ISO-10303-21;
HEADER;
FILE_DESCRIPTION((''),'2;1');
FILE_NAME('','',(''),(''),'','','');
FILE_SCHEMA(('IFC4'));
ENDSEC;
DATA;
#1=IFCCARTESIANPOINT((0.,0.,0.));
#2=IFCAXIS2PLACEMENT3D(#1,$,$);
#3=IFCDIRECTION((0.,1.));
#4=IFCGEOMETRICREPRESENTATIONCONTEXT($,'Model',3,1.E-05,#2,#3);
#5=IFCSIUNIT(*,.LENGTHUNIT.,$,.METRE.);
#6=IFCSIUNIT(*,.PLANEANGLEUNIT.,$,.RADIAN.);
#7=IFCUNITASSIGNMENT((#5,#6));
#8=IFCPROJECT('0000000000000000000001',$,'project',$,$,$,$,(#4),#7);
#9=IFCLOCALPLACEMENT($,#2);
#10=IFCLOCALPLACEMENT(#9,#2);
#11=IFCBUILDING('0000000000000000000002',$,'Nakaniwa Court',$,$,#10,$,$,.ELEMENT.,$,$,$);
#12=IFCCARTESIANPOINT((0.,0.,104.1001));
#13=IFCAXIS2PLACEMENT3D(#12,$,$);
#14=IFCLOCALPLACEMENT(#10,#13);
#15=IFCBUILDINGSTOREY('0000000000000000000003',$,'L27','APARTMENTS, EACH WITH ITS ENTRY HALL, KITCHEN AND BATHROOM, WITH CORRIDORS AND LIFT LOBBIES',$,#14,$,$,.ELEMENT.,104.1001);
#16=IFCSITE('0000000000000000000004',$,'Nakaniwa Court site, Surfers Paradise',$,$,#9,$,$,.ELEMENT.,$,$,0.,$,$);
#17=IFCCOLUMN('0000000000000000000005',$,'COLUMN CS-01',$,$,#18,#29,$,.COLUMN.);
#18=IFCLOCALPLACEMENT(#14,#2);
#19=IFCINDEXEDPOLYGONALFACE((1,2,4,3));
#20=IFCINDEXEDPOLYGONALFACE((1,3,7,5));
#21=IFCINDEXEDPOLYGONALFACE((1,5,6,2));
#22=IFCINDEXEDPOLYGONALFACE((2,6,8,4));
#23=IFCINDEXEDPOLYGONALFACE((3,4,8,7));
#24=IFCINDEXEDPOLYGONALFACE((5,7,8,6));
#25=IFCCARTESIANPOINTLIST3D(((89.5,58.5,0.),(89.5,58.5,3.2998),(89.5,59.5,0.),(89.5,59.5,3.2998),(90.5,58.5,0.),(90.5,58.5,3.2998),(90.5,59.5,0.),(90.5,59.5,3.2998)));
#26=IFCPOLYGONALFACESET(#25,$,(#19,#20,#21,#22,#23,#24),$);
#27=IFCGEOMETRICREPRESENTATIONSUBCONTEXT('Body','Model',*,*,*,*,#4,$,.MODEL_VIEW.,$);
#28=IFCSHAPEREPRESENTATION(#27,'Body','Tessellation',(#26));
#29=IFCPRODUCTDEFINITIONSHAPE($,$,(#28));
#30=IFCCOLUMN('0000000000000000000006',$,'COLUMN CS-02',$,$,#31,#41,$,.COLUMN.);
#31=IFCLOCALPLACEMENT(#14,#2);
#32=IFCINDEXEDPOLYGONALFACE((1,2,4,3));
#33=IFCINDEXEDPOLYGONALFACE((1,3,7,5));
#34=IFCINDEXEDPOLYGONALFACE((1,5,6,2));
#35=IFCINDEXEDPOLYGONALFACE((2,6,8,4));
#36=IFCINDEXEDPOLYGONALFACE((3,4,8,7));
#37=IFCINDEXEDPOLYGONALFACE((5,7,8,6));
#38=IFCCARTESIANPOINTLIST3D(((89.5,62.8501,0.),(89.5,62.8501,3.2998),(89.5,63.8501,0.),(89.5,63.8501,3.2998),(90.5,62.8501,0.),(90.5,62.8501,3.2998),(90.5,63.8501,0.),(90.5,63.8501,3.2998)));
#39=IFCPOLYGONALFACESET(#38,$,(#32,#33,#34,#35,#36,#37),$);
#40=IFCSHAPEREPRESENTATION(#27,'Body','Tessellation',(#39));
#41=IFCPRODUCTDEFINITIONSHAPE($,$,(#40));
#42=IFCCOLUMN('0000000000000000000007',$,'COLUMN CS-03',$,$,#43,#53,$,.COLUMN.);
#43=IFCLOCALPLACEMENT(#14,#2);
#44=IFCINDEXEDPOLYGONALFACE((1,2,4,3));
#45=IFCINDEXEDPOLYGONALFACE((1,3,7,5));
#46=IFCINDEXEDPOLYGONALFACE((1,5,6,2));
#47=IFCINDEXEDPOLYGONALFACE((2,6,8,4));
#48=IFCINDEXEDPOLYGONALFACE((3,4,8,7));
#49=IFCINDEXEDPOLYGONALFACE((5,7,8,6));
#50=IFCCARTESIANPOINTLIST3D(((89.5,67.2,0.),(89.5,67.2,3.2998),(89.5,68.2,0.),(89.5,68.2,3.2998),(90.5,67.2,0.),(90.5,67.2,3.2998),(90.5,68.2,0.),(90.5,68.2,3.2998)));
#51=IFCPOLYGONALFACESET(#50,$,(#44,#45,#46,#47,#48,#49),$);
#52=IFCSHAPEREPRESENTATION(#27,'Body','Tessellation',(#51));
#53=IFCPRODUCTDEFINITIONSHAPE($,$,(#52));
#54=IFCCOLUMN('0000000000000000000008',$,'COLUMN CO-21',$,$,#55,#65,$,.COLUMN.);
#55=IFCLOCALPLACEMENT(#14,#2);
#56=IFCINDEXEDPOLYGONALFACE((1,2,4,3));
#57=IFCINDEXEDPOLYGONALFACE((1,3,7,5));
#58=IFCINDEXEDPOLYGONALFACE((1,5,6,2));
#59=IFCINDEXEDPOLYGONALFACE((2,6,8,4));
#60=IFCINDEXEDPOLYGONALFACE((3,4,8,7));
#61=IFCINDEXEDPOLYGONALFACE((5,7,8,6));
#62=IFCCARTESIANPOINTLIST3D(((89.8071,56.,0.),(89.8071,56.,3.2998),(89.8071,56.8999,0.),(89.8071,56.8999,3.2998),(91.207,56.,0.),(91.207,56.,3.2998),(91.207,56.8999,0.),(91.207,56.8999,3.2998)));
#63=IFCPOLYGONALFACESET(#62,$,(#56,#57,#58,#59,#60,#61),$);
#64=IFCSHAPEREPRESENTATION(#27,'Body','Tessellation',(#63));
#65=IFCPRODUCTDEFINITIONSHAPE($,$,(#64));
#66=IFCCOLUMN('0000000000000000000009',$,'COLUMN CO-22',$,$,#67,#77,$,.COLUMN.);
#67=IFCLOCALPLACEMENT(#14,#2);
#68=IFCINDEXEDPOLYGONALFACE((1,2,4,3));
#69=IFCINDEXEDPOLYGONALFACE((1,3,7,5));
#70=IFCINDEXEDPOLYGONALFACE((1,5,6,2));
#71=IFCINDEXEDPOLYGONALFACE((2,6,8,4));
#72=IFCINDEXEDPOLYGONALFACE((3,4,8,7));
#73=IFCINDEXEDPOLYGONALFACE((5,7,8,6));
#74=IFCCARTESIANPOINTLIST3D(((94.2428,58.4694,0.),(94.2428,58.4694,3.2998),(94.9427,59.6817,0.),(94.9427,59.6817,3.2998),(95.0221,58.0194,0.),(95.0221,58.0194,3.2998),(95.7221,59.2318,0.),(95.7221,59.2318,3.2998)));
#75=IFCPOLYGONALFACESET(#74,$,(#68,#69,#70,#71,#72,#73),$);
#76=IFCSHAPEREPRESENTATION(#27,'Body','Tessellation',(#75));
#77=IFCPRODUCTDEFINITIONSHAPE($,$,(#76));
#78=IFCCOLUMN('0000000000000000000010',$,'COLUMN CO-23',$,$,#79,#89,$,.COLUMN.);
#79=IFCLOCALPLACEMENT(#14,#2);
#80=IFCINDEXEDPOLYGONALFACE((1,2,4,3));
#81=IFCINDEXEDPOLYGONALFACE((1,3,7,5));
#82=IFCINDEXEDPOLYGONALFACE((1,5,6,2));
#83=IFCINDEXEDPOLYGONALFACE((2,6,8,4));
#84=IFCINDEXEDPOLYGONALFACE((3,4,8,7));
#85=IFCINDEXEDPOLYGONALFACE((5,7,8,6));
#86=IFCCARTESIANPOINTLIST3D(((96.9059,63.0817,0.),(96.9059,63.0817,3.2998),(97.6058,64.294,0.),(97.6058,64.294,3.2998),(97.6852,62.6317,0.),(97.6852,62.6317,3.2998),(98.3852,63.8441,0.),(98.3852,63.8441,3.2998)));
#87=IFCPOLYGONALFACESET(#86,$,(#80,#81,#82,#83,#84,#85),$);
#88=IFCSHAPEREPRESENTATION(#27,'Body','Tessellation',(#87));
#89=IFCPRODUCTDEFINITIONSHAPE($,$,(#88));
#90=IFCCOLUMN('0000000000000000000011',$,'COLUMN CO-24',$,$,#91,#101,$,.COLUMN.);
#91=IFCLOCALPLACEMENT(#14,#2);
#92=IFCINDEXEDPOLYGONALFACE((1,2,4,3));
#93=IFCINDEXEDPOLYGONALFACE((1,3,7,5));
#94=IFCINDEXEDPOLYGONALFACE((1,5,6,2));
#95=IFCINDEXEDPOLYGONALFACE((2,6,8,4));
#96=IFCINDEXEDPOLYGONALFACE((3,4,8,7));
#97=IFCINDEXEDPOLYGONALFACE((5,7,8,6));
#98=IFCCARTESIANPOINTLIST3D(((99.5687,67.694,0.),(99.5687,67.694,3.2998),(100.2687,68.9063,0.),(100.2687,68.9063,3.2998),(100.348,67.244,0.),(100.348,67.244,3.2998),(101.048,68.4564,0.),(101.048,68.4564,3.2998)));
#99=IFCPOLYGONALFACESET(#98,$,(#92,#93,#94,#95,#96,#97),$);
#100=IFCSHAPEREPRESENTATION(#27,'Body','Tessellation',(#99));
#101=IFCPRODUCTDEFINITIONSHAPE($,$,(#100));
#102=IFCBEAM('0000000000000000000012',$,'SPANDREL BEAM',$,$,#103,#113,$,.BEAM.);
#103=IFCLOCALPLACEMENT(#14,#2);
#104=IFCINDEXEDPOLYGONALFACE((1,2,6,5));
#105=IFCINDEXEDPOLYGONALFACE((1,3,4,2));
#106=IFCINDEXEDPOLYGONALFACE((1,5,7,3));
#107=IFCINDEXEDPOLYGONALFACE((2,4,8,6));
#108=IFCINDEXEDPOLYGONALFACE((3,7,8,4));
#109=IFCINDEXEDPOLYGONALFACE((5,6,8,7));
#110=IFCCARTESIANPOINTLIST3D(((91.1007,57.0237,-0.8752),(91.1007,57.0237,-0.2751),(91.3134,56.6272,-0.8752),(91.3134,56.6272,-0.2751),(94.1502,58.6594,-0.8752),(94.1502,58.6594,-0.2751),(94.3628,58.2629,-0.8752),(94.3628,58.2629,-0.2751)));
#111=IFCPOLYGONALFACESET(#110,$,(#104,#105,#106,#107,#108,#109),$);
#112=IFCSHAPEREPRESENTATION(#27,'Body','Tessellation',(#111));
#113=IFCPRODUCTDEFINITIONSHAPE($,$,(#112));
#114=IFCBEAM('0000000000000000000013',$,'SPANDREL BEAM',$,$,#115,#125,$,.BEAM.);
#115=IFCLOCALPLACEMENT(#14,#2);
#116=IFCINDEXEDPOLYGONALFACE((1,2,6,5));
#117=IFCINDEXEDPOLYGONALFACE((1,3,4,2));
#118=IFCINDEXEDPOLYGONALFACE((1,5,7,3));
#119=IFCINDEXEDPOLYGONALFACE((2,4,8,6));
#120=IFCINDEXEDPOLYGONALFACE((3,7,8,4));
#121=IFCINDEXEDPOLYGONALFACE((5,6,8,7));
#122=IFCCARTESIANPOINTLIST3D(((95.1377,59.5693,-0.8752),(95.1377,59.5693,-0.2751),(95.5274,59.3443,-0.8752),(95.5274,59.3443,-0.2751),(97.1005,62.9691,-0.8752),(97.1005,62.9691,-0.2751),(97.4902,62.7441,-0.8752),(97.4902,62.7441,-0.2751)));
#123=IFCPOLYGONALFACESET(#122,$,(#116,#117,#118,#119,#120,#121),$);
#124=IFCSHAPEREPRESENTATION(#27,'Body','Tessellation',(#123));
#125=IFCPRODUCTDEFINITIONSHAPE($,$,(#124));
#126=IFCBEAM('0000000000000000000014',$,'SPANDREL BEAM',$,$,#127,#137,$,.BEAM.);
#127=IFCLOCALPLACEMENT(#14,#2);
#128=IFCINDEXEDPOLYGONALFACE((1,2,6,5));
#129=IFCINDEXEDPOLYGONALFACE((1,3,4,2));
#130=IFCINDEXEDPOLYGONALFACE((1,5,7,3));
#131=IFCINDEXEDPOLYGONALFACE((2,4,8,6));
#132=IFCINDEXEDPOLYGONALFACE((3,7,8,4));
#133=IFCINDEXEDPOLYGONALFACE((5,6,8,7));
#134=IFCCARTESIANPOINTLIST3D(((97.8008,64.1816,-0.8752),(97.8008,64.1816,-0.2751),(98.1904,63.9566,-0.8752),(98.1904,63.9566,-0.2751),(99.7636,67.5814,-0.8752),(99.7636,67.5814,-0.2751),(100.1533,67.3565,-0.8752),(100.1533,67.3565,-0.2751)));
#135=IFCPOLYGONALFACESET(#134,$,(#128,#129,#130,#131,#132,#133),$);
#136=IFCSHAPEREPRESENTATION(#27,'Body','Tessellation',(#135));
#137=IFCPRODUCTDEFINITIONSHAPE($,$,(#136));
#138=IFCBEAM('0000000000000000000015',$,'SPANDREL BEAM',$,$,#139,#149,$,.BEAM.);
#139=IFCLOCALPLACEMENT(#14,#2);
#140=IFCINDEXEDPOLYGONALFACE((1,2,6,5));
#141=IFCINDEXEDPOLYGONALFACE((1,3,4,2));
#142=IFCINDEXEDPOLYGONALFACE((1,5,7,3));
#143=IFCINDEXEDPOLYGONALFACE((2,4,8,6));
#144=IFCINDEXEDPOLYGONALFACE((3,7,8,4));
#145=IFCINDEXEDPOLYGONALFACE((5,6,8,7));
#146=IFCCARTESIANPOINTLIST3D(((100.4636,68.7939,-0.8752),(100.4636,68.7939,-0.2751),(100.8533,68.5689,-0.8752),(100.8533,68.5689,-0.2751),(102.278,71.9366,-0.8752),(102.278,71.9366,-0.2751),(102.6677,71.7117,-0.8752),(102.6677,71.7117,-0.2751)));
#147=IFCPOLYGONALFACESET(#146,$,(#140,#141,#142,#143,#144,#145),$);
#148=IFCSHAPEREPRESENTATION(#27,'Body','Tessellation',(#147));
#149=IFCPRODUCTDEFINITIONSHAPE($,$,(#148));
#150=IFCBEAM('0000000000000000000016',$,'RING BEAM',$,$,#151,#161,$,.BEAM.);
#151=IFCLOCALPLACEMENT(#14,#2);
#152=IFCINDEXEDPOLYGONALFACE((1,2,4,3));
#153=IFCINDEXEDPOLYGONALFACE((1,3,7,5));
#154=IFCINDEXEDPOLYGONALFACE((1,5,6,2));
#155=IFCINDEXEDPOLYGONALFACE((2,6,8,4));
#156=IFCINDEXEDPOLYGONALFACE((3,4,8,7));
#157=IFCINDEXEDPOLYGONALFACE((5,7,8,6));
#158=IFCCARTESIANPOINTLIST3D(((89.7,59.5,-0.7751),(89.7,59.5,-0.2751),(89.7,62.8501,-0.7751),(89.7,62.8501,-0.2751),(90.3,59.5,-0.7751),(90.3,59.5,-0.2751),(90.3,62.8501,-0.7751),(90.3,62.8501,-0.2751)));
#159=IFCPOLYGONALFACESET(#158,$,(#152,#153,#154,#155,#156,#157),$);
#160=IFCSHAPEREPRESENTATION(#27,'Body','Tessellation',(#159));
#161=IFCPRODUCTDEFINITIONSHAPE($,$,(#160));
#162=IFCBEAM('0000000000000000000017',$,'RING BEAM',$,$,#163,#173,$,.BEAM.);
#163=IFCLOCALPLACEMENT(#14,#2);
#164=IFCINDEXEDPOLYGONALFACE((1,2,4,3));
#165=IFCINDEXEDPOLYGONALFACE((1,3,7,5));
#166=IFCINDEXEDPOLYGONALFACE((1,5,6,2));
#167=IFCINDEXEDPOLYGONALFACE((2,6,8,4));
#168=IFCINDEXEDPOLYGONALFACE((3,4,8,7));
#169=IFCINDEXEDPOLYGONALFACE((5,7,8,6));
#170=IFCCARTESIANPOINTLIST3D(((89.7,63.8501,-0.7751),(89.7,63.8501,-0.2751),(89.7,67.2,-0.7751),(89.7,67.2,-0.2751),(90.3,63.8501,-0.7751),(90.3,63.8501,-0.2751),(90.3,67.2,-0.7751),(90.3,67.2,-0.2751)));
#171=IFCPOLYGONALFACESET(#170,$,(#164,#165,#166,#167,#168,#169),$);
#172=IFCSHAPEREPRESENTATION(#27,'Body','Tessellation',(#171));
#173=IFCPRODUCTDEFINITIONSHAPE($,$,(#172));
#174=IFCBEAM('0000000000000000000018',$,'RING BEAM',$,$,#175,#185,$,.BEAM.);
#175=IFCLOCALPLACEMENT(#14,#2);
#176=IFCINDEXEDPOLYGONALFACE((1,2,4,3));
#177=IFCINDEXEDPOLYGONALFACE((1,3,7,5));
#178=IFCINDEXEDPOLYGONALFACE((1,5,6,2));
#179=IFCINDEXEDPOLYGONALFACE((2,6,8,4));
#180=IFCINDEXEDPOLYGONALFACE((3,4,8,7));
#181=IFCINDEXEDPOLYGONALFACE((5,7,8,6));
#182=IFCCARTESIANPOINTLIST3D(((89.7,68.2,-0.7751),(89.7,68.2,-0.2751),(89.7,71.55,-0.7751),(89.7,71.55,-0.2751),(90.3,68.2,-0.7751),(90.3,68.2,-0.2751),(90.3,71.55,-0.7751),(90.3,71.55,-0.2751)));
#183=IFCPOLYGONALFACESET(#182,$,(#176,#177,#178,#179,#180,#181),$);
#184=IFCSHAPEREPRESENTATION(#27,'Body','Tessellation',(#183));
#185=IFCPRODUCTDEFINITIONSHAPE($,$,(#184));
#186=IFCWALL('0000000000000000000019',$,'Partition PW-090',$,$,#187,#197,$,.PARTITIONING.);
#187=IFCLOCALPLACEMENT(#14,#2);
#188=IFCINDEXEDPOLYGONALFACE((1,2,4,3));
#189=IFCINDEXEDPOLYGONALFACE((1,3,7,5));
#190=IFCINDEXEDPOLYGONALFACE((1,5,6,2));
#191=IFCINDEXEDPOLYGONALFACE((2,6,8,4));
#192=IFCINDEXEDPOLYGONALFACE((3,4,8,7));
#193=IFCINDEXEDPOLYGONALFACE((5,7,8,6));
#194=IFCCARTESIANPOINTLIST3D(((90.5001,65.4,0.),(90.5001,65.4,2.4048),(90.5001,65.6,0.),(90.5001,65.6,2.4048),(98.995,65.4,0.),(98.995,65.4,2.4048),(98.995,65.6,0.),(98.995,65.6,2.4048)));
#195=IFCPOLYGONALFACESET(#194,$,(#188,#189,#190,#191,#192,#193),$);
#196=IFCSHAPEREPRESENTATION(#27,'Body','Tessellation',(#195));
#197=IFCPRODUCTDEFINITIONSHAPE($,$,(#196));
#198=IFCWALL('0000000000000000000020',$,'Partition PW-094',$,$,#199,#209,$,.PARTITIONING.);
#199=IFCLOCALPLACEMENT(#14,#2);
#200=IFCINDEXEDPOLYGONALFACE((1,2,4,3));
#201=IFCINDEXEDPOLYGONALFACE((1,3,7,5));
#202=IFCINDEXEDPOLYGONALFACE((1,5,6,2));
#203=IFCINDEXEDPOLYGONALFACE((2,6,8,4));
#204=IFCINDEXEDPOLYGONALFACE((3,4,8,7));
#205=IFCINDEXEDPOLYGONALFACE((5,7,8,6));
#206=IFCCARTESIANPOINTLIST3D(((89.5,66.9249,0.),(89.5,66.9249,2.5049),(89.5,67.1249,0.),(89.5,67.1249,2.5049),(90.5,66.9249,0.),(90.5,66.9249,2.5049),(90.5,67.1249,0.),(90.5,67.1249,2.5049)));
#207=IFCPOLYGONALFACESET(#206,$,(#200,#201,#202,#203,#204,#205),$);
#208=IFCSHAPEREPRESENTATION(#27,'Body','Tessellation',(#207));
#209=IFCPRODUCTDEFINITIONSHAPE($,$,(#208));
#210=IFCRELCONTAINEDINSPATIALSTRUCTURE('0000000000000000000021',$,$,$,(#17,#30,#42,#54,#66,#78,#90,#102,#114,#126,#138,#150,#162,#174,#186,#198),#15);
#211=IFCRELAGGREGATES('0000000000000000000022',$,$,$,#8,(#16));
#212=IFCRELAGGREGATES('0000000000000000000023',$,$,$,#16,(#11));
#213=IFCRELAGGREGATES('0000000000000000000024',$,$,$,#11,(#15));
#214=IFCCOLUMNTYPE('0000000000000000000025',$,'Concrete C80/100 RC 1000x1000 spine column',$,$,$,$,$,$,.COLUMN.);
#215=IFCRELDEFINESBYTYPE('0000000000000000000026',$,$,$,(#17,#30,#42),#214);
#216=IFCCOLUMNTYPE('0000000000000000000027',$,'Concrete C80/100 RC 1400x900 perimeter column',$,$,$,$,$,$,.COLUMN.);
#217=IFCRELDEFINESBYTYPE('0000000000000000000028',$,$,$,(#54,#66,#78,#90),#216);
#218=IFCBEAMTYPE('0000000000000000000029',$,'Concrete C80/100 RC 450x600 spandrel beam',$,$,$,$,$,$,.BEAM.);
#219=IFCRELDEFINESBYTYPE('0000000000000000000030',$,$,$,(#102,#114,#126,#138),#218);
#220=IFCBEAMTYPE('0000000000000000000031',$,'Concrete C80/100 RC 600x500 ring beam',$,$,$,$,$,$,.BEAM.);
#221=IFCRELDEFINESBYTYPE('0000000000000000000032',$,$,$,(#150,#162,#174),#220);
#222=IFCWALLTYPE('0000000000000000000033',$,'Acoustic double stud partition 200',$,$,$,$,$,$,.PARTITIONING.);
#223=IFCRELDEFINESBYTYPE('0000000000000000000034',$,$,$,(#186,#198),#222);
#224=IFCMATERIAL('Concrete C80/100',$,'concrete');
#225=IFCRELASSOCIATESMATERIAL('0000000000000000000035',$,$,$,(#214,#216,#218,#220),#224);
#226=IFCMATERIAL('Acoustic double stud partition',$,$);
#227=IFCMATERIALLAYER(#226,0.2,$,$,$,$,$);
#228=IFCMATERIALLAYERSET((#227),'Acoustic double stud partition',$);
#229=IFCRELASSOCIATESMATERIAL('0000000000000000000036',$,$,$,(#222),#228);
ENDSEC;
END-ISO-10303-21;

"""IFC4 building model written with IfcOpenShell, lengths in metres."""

from ifc_helpers import new_model, si_unit, direction, frame, frame_2d, origin, origin_2d, place, context, subcontext, project, spatial, rectangle, extrude, material, layer, layer_set, material_profile, profile_set, type_object, element, save


model = new_model("IFC4")

# Units and contexts
model_context = context("Model", 3, precision=1e-05, world=origin(), true_north=direction((0.0, 1.0)))
body_context = subcontext(model_context, "Body", "Model", "MODEL_VIEW")
ifc_project = project(units=[si_unit("LENGTHUNIT", "METRE"), si_unit("PLANEANGLEUNIT", "RADIAN")], contexts=[model_context])

# Site, building, storey
site_placement = place(None, origin())
site = spatial("IfcSite", under=ifc_project, at=site_placement, Name="Nakaniwa Court site, Surfers Paradise", CompositionType="ELEMENT", RefElevation=0.0)
building_placement = place(site_placement, origin())
building = spatial("IfcBuilding", under=site, at=building_placement, Name="Nakaniwa Court", CompositionType="ELEMENT")
storey_placement = place(building_placement, frame((0.0, 0.0, 104.1001)))
storey = spatial("IfcBuildingStorey", under=building, at=storey_placement, Name="L27", Description="APARTMENTS, EACH WITH ITS ENTRY HALL, KITCHEN AND BATHROOM, WITH CORRIDORS AND LIFT LOBBIES", CompositionType="ELEMENT", Elevation=104.1001)

# Columns
ifc_material_1 = material(Name="Concrete C80/100", Category="concrete")
ifc_material_profile_1 = material_profile(ifc_material_1, rectangle(XDim=1.0, YDim=1.0, at=origin_2d()), Name="Concrete C80/100 RC 1000x1000 spine column")
ifc_profile_set_1 = profile_set([ifc_material_profile_1], Name="Concrete C80/100")
column_type_1 = type_object("IfcColumnType", Name="Concrete C80/100 RC 1000x1000 spine column", PredefinedType="COLUMN", material=ifc_profile_set_1)
for number, where, z_axis, x_axis, name in (
    (1, (90.0, 59.0, 0.0), (0.0, 0.0, 1.0), (0.0, 1.0, 0.0), "COLUMN CS-01"),
    (2, (90.0, 63.3501, 0.0), (0.0, 0.0, 1.0), (0.0, 1.0, 0.0), "COLUMN CS-02"),
    (3, (90.0, 67.7, 0.0), (0.0, 0.0, 1.0), (0.0, 1.0, 0.0), "COLUMN CS-03"),
):
    element("IfcColumn", number, at=place(storey_placement, frame(where, z_axis=z_axis, x_axis=x_axis)), inside=storey, type_object=column_type_1, Name=name, PredefinedType="COLUMN", context=body_context, shape_type="SweptSolid", body=[
        extrude(rectangle(XDim=1.0, YDim=1.0, at=origin_2d()), origin(), (0.0, 0.0, 1.0), 3.2998),
    ])
ifc_material_profile_2 = material_profile(ifc_material_1, rectangle(XDim=1.3999, YDim=0.8999, at=origin_2d()), Name="Concrete C80/100 RC 1400x900 perimeter column")
ifc_profile_set_2 = profile_set([ifc_material_profile_2], Name="Concrete C80/100")
column_type_2 = type_object("IfcColumnType", Name="Concrete C80/100 RC 1400x900 perimeter column", PredefinedType="COLUMN", material=ifc_profile_set_2)
for number, where, z_axis, x_axis, name in (
    (4, (90.5071, 56.45, 0.0), (0.0, 0.0, 1.0), (1.0, 0.0, 0.0), "COLUMN CO-21"),
    (5, (94.9824, 58.8506, 0.0), (0.0, 0.0, 1.0), (0.5, 0.866025, 0.0), "COLUMN CO-22"),
    (6, (97.6455, 63.4629, 0.0), (0.0, 0.0, 1.0), (0.5, 0.866025, 0.0), "COLUMN CO-23"),
    (7, (100.3083, 68.0752, 0.0), (0.0, 0.0, 1.0), (0.5, 0.866025, 0.0), "COLUMN CO-24"),
):
    element("IfcColumn", number, at=place(storey_placement, frame(where, z_axis=z_axis, x_axis=x_axis)), inside=storey, type_object=column_type_2, Name=name, PredefinedType="COLUMN", context=body_context, shape_type="SweptSolid", body=[
        extrude(rectangle(XDim=1.3999, YDim=0.8999, at=origin_2d()), origin(), (0.0, 0.0, 1.0), 3.2998),
    ])

# Beams
ifc_material_profile_3 = material_profile(ifc_material_1, rectangle(XDim=0.45, YDim=0.6001, at=origin_2d()), Name="Concrete C80/100 RC 450x600 spandrel beam")
ifc_profile_set_3 = profile_set([ifc_material_profile_3], Name="Concrete C80/100")
beam_type_1 = type_object("IfcBeamType", Name="Concrete C80/100 RC 450x600 spandrel beam", PredefinedType="BEAM", material=ifc_profile_set_3)
beam_1_placement = place(storey_placement, frame((91.207, 56.8254, -0.5752), z_axis=(0.881233, 0.472681, 0.0), x_axis=(-0.472681, 0.881233, 0.0)))
element("IfcBeam", 8, at=beam_1_placement, inside=storey, type_object=beam_type_1, Name="SPANDREL BEAM", PredefinedType="BEAM", context=body_context, shape_type="SweptSolid", body=[
    extrude(rectangle(XDim=0.45, YDim=0.6001, at=origin_2d()), origin(), (0.0, 0.0, 1.0), 3.4604),
])
for number, where, z_axis, x_axis, name in (
    (9, (95.3325, 59.4568, -0.5752), (0.499992, 0.86603, 0.0), (-0.86603, 0.499992, 0.0), "SPANDREL BEAM"),
    (10, (97.9956, 64.0691, -0.5752), (0.499992, 0.86603, 0.0), (-0.86603, 0.499992, 0.0), "SPANDREL BEAM"),
):
    element("IfcBeam", number, at=place(storey_placement, frame(where, z_axis=z_axis, x_axis=x_axis)), inside=storey, type_object=beam_type_1, Name=name, PredefinedType="BEAM", context=body_context, shape_type="SweptSolid", body=[
        extrude(rectangle(XDim=0.45, YDim=0.6001, at=origin_2d()), origin(), (0.0, 0.0, 1.0), 3.9258),
    ])
beam_2_placement = place(storey_placement, frame((100.6584, 68.6814, -0.5752), z_axis=(0.499988, 0.866032, 0.0), x_axis=(-0.866032, 0.499988, 0.0)))
element("IfcBeam", 11, at=beam_2_placement, inside=storey, type_object=beam_type_1, Name="SPANDREL BEAM", PredefinedType="BEAM", context=body_context, shape_type="SweptSolid", body=[
    extrude(rectangle(XDim=0.45, YDim=0.6001, at=origin_2d()), origin(), (0.0, 0.0, 1.0), 3.6289),
])
ifc_material_profile_4 = material_profile(ifc_material_1, rectangle(XDim=0.6001, YDim=0.5, at=origin_2d()), Name="Concrete C80/100 RC 600x500 ring beam")
ifc_profile_set_4 = profile_set([ifc_material_profile_4], Name="Concrete C80/100")
beam_type_2 = type_object("IfcBeamType", Name="Concrete C80/100 RC 600x500 ring beam", PredefinedType="BEAM", material=ifc_profile_set_4)
beam_3_placement = place(storey_placement, frame((90.0, 59.5, -0.5251), z_axis=(0.0, 1.0, 0.0), x_axis=(-1.0, 0.0, 0.0)))
element("IfcBeam", 12, at=beam_3_placement, inside=storey, type_object=beam_type_2, Name="RING BEAM", PredefinedType="BEAM", context=body_context, shape_type="SweptSolid", body=[
    extrude(rectangle(XDim=0.6001, YDim=0.5, at=origin_2d()), origin(), (0.0, 0.0, 1.0), 3.3501),
])
beam_4_placement = place(storey_placement, frame((90.0, 63.8501, -0.5251), z_axis=(0.0, 1.0, 0.0), x_axis=(-1.0, 0.0, 0.0)))
element("IfcBeam", 13, at=beam_4_placement, inside=storey, type_object=beam_type_2, Name="RING BEAM", PredefinedType="BEAM", context=body_context, shape_type="SweptSolid", body=[
    extrude(rectangle(XDim=0.6001, YDim=0.5, at=origin_2d()), origin(), (0.0, 0.0, 1.0), 3.3499),
])
beam_5_placement = place(storey_placement, frame((90.0, 68.2, -0.5251), z_axis=(0.0, 1.0, 0.0), x_axis=(-1.0, 0.0, 0.0)))
element("IfcBeam", 14, at=beam_5_placement, inside=storey, type_object=beam_type_2, Name="RING BEAM", PredefinedType="BEAM", context=body_context, shape_type="SweptSolid", body=[
    extrude(rectangle(XDim=0.6001, YDim=0.5, at=origin_2d()), origin(), (0.0, 0.0, 1.0), 3.3501),
])

# Walls
ifc_material_2 = material(Name="Acoustic double stud partition")
ifc_layer_1 = layer(ifc_material_2, 0.2)
ifc_layer_set_1 = layer_set([ifc_layer_1], Name="Acoustic double stud partition")
wall_type_1 = type_object("IfcWallType", Name="Acoustic double stud partition 200", PredefinedType="PARTITIONING", material=ifc_layer_set_1)
wall_1_placement = place(storey_placement, frame((90.5, 65.5, 0.0), z_axis=(0.0, 0.0, 1.0), x_axis=(1.0, 0.0, 0.0)))
element("IfcWall", 15, at=wall_1_placement, inside=storey, type_object=wall_type_1, Name="Partition PW-090", PredefinedType="PARTITIONING", context=body_context, shape_type="SweptSolid", body=[
    extrude(rectangle(XDim=8.4949, YDim=0.2, at=frame_2d((4.2476, 0.0))), origin(), (0.0, 0.0, 1.0), 2.4048),
])
wall_2_placement = place(storey_placement, frame((89.5, 67.0249, 0.0), z_axis=(0.0, 0.0, 1.0), x_axis=(1.0, 0.0, 0.0)))
element("IfcWall", 16, at=wall_2_placement, inside=storey, type_object=wall_type_1, Name="Partition PW-094", PredefinedType="PARTITIONING", context=body_context, shape_type="SweptSolid", body=[
    extrude(rectangle(XDim=1.0, YDim=0.2, at=frame_2d((0.5, 0.0))), origin(), (0.0, 0.0, 1.0), 2.5049),
])

save(model, "model.ifc")
